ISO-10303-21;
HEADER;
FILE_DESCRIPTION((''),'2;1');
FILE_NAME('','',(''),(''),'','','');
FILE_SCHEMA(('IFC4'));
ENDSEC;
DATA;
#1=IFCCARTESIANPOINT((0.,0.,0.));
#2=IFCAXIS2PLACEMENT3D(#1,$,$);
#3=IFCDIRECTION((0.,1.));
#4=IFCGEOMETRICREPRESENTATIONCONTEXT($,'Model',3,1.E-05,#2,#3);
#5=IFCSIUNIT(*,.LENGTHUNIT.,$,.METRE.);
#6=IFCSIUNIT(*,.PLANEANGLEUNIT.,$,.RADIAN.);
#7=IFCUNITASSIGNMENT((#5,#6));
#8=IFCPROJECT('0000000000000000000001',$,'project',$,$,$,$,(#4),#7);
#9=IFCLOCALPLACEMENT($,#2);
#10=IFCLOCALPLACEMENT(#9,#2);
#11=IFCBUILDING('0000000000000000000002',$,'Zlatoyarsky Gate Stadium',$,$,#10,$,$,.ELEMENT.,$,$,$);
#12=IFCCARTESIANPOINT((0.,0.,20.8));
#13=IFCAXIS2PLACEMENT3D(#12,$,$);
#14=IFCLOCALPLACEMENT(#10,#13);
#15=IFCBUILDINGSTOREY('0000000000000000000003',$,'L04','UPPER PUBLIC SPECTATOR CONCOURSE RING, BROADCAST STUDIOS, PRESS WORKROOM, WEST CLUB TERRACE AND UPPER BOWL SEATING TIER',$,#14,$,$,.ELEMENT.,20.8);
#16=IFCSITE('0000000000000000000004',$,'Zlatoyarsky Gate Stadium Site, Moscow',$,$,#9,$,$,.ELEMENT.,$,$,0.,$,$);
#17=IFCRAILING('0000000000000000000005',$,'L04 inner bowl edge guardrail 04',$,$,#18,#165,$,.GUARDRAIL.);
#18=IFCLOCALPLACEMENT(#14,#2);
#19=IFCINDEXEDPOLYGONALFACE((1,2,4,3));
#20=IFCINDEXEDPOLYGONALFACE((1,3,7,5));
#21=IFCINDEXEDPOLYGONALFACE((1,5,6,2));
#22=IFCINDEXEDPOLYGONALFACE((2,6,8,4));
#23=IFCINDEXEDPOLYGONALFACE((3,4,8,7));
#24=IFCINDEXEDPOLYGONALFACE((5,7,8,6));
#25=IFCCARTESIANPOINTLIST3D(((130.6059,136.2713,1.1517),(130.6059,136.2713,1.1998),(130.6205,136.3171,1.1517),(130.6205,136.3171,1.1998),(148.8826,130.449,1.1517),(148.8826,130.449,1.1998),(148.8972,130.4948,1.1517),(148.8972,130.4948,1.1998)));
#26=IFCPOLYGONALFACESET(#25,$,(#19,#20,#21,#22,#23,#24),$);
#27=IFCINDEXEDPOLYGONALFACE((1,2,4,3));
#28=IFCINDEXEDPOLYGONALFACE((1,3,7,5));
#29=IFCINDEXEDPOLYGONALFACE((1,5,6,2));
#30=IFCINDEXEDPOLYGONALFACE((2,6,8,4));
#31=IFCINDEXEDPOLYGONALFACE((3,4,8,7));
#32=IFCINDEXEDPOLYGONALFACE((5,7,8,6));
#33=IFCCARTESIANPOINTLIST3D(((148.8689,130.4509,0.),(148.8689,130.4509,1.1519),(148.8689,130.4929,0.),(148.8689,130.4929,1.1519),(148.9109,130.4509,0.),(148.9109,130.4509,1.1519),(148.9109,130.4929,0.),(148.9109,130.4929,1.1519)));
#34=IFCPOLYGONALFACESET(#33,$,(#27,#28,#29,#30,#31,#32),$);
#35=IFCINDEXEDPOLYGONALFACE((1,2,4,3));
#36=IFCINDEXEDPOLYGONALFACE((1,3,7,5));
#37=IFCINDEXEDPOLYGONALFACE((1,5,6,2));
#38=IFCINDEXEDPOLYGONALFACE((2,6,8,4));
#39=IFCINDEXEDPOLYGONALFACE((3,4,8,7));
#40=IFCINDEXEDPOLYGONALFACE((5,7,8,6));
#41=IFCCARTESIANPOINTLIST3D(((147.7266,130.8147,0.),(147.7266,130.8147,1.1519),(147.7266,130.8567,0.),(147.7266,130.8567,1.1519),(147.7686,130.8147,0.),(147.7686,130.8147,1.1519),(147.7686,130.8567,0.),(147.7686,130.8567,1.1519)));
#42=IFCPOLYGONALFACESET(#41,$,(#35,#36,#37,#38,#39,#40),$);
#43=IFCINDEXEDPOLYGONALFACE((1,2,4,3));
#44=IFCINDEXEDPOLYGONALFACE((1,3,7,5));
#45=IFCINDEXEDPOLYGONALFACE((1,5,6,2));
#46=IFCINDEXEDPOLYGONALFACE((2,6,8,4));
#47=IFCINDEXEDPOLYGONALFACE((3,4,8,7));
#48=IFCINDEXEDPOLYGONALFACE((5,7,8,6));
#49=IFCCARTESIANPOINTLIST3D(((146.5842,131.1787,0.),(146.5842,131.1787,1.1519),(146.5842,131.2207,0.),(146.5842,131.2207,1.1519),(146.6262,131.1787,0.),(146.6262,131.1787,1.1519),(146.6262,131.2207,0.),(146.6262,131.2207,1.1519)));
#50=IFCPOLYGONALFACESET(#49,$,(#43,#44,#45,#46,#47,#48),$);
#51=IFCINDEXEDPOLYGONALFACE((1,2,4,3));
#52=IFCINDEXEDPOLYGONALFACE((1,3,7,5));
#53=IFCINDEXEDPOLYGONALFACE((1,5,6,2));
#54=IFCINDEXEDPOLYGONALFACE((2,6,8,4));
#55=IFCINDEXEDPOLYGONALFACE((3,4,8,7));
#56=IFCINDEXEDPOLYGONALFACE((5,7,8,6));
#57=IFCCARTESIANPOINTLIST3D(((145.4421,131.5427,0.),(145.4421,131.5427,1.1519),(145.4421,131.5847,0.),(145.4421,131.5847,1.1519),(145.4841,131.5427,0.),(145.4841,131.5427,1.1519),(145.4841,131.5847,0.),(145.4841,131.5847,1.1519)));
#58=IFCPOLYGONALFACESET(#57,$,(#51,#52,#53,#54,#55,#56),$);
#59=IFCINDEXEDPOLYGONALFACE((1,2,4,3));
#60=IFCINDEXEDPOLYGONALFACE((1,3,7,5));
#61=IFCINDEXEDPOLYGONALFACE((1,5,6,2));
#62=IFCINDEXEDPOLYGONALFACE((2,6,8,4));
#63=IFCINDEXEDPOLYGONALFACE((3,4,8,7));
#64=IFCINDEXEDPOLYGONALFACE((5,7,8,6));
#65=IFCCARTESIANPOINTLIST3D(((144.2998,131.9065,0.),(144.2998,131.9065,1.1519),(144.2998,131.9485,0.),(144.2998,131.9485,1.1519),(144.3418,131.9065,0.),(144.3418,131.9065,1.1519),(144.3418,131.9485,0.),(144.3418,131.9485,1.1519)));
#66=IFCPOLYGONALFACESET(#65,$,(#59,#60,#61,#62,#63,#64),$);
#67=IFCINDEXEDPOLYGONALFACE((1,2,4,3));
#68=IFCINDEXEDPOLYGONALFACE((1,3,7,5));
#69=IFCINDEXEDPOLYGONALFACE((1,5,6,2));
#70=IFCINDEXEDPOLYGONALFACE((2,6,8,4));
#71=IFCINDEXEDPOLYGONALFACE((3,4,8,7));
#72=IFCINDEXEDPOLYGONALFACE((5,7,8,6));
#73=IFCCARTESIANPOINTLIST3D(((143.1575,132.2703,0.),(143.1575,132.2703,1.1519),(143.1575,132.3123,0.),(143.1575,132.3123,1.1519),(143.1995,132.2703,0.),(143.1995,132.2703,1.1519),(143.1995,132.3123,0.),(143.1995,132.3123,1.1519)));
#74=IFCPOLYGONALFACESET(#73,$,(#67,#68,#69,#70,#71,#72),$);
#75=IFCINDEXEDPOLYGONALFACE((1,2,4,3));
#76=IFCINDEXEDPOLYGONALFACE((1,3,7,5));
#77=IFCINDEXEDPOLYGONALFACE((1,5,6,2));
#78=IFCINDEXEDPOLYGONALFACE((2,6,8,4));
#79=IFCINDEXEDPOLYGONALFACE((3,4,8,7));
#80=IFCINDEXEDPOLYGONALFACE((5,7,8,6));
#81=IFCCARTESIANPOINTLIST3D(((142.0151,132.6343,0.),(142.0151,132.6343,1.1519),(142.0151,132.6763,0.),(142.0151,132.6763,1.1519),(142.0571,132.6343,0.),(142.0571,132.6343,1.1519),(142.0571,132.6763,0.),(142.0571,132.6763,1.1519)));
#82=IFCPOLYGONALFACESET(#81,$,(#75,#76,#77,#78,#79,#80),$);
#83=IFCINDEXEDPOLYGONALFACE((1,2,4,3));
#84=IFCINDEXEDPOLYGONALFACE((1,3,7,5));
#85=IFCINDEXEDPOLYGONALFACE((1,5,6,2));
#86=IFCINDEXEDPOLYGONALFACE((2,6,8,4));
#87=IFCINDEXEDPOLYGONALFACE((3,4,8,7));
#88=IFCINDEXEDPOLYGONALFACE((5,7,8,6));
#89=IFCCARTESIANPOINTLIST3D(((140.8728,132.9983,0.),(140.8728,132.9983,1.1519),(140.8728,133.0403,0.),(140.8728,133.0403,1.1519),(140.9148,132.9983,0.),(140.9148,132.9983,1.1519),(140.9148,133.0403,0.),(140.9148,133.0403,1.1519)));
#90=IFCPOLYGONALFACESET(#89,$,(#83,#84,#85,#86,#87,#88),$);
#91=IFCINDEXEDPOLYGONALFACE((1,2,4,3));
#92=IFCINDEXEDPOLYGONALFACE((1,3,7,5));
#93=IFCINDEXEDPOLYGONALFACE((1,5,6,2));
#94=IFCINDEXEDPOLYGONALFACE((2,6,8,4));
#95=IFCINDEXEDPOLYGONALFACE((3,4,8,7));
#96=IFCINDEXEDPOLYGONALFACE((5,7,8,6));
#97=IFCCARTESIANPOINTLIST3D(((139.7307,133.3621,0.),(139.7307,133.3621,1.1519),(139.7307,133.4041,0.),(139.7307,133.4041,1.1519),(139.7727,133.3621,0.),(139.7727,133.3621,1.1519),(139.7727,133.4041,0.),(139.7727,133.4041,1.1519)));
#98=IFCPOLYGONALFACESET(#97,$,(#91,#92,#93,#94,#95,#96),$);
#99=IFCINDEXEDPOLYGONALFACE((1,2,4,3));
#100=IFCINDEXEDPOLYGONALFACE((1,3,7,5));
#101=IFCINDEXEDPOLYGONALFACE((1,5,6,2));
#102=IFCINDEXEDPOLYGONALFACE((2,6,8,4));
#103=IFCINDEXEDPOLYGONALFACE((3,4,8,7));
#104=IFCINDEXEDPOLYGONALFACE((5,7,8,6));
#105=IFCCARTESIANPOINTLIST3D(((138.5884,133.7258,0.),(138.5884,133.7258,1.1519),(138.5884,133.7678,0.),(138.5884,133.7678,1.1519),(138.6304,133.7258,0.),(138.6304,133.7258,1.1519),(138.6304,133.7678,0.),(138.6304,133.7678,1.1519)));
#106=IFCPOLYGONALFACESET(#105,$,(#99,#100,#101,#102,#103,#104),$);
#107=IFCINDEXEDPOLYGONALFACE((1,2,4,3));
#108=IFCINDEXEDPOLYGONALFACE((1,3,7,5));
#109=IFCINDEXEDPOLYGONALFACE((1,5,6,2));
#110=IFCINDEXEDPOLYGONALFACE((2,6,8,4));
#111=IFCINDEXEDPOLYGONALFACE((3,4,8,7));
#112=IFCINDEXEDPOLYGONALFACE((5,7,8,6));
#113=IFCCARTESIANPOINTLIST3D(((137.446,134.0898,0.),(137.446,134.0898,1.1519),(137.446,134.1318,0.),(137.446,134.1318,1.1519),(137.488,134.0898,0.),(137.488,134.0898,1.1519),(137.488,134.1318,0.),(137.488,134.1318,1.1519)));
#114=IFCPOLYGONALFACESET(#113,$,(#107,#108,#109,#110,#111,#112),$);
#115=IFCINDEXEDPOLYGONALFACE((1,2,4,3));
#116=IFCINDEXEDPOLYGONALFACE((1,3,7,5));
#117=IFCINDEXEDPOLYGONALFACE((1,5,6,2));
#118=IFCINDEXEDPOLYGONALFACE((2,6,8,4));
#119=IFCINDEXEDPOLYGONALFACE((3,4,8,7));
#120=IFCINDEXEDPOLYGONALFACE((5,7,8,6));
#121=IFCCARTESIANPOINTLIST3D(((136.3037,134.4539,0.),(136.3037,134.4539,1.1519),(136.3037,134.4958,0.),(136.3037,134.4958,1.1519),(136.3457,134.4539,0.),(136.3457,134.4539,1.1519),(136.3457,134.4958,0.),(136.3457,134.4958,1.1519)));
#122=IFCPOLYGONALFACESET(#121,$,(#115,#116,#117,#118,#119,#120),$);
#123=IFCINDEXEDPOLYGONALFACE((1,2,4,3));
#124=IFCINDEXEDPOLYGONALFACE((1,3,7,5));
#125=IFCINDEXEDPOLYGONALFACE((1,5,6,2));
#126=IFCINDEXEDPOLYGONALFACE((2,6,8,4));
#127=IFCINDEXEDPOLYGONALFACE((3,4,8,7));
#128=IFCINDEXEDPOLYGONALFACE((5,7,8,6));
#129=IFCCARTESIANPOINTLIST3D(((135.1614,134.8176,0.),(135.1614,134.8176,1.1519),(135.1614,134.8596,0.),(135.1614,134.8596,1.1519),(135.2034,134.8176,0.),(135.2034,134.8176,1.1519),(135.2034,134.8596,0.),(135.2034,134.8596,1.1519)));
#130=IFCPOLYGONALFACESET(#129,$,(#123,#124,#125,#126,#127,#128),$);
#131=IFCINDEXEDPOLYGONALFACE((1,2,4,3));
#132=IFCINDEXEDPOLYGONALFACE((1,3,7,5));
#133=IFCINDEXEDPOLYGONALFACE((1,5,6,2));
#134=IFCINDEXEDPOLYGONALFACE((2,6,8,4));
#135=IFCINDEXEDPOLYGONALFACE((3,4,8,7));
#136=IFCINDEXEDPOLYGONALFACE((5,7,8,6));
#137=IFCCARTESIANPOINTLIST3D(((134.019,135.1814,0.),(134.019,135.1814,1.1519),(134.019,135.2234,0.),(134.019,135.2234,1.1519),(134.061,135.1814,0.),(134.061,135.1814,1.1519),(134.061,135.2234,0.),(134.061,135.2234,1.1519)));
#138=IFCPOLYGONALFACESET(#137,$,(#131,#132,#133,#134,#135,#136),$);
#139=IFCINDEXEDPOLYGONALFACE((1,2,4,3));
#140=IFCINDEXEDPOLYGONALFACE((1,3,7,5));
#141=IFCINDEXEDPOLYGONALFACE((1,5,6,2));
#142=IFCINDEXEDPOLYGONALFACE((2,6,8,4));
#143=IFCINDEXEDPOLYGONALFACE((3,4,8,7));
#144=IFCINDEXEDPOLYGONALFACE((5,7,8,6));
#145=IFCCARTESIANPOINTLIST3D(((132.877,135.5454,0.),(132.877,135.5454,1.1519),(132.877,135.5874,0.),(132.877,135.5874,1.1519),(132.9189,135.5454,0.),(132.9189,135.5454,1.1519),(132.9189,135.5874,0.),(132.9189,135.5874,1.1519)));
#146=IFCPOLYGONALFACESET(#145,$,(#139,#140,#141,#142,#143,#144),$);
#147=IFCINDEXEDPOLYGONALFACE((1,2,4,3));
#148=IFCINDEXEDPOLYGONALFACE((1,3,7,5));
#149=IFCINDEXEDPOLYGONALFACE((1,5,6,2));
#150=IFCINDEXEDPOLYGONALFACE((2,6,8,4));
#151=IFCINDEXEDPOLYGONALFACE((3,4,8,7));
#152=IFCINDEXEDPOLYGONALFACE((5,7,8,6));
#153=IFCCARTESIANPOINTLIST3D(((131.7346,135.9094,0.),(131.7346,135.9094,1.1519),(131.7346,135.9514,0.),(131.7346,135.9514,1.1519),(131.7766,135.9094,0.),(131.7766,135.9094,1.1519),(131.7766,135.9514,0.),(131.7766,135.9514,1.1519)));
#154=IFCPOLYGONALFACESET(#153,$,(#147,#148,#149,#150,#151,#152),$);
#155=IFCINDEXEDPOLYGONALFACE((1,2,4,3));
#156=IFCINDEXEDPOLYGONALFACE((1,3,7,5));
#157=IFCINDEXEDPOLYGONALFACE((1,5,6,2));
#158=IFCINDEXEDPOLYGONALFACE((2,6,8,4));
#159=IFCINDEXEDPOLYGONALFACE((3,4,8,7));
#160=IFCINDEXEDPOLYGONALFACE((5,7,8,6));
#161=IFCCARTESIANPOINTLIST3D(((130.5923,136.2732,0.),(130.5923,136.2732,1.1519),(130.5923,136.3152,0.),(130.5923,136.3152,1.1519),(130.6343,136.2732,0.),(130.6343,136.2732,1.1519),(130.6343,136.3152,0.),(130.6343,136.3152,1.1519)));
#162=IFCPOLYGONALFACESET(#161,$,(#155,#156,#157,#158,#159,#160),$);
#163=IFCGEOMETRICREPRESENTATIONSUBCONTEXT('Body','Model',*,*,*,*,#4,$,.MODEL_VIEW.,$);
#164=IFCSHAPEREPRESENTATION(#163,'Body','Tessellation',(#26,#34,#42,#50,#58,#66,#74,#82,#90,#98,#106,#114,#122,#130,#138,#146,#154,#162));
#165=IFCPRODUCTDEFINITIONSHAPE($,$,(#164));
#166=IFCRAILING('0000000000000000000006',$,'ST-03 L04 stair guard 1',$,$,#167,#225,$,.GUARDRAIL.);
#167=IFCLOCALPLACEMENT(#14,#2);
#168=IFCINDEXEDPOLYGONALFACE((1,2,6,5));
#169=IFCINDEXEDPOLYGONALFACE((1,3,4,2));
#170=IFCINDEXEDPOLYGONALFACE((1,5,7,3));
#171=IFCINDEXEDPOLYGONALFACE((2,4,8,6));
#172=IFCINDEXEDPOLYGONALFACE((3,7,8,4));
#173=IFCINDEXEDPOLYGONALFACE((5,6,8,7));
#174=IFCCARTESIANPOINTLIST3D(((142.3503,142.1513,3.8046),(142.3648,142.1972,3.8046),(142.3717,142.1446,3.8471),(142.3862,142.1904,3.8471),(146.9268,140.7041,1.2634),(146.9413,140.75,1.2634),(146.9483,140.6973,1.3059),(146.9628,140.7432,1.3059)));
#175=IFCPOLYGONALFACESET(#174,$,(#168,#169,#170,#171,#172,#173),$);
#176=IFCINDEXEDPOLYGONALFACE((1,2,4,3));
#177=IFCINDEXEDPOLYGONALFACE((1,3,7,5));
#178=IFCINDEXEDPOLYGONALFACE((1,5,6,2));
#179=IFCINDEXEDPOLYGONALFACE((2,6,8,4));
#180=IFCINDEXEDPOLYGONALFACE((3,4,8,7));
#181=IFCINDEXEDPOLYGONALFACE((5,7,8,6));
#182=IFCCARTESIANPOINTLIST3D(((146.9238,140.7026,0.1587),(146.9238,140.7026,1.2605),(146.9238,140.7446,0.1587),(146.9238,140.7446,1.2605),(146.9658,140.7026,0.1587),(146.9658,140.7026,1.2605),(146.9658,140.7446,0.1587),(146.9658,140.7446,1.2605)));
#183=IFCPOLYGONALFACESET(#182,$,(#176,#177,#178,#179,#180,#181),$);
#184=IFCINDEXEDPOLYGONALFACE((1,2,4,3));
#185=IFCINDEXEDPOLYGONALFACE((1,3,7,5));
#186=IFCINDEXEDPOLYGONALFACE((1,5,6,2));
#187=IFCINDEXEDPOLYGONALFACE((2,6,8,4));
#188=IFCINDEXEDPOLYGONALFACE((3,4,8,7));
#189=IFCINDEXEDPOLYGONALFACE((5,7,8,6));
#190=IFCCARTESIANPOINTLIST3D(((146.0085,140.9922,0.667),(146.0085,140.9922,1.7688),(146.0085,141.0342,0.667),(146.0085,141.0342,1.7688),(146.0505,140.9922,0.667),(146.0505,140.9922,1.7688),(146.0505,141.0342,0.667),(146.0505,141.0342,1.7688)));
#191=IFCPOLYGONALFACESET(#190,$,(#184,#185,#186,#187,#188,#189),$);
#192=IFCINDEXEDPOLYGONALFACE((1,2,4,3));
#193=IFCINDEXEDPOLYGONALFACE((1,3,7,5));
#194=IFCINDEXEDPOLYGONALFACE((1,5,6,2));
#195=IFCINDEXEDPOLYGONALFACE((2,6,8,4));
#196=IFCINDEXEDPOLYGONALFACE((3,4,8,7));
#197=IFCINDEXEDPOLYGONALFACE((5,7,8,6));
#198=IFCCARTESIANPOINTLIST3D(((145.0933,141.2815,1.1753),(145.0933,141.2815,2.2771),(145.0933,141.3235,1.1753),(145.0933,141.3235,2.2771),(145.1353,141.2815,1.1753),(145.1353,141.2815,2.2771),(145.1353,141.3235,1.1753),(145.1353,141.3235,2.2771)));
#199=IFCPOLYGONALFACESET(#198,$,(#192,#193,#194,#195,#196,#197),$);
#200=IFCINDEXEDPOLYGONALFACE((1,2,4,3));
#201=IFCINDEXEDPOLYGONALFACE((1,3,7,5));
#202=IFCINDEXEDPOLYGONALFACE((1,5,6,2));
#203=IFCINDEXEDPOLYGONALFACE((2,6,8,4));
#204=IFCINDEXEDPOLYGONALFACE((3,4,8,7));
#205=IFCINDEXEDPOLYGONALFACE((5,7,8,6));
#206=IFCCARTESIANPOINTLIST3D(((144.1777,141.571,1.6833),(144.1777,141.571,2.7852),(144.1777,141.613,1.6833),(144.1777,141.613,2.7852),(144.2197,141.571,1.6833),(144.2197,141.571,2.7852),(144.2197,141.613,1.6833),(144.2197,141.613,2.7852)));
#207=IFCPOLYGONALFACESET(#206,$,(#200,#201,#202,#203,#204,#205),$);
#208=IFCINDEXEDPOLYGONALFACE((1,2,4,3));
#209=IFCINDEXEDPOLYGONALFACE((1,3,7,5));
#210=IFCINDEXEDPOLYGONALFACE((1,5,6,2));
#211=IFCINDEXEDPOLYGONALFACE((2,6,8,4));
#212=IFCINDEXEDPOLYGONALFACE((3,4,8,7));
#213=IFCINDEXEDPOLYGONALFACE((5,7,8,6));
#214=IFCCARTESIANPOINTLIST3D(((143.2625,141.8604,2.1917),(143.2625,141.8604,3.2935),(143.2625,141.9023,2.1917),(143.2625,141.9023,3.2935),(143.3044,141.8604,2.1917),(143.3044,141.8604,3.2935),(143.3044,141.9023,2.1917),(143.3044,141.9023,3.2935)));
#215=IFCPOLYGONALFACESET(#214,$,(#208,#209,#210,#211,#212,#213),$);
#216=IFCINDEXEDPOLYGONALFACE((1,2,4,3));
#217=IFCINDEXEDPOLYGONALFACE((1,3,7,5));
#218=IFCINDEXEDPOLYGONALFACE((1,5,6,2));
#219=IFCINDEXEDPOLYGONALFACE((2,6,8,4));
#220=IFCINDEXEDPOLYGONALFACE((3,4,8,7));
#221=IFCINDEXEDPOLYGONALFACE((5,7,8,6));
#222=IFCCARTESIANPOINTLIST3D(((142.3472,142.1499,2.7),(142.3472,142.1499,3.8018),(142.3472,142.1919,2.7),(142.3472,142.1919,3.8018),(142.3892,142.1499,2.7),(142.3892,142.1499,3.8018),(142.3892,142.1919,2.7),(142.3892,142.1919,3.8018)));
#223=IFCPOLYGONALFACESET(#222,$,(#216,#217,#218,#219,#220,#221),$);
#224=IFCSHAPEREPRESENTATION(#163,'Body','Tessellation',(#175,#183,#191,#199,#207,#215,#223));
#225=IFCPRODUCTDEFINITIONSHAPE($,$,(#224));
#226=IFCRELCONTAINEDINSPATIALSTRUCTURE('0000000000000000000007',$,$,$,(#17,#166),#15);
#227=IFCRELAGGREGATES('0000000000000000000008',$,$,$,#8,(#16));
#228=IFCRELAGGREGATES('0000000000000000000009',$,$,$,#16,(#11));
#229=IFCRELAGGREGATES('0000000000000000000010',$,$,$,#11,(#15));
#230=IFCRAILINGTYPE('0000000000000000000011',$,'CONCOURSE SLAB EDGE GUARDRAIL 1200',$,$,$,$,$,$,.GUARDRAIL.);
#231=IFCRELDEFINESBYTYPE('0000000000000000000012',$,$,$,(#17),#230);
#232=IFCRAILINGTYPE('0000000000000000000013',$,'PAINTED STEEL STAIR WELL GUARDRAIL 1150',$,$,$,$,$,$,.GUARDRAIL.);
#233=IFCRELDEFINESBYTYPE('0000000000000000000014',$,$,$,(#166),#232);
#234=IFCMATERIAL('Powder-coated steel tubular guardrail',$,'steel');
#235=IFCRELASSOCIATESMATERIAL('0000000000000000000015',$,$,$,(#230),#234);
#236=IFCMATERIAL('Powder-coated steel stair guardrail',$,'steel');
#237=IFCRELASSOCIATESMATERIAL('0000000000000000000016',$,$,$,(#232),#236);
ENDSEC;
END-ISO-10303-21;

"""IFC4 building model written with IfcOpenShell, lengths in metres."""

from ifc_helpers import new_model, si_unit, direction, frame, origin, origin_2d, place, context, subcontext, project, spatial, rectangle, extrude, material, type_object, element, save


model = new_model("IFC4")

# Units and contexts
model_context = context("Model", 3, precision=1e-05, world=origin(), true_north=direction((0.0, 1.0)))
body_context = subcontext(model_context, "Body", "Model", "MODEL_VIEW")
ifc_project = project(units=[si_unit("LENGTHUNIT", "METRE"), si_unit("PLANEANGLEUNIT", "RADIAN")], contexts=[model_context])

# Site, building, storey
site_placement = place(None, origin())
site = spatial("IfcSite", under=ifc_project, at=site_placement, Name="Zlatoyarsky Gate Stadium Site, Moscow", CompositionType="ELEMENT", RefElevation=0.0)
building_placement = place(site_placement, origin())
building = spatial("IfcBuilding", under=site, at=building_placement, Name="Zlatoyarsky Gate Stadium", CompositionType="ELEMENT")
storey_placement = place(building_placement, frame((0.0, 0.0, 20.8)))
storey = spatial("IfcBuildingStorey", under=building, at=storey_placement, Name="L04", Description="UPPER PUBLIC SPECTATOR CONCOURSE RING, BROADCAST STUDIOS, PRESS WORKROOM, WEST CLUB TERRACE AND UPPER BOWL SEATING TIER", CompositionType="ELEMENT", Elevation=20.8)

# Railings
ifc_material_1 = material(Name="Powder-coated steel tubular guardrail", Category="steel")
railing_type_1 = type_object("IfcRailingType", Name="CONCOURSE SLAB EDGE GUARDRAIL 1200", PredefinedType="GUARDRAIL", material=ifc_material_1)
railing_1_placement = place(storey_placement, frame((148.8899, 130.4719, 0.0)))
element("IfcRailing", 1, at=railing_1_placement, inside=storey, type_object=railing_type_1, Name="L04 inner bowl edge guardrail 04", PredefinedType="GUARDRAIL", context=body_context, shape_type="SweptSolid", body=[
    extrude(rectangle(XDim=0.0481, YDim=0.0481, at=origin_2d()), frame((0.0, 0.0, 1.1758), z_axis=(-0.952821, 0.303534, 0.0), x_axis=(-0.303534, -0.952821, 0.0)), (0.0, 0.0, 1.0), 19.1816),
    extrude(rectangle(XDim=0.042, YDim=0.042, at=origin_2d()), origin(), (0.0, 0.0, 1.0), 1.1519),
    extrude(rectangle(XDim=0.042, YDim=0.042, at=origin_2d()), frame((-1.1423, 0.3638, 0.0)), (0.0, 0.0, 1.0), 1.1519),
    extrude(rectangle(XDim=0.042, YDim=0.042, at=origin_2d()), frame((-2.2847, 0.7278, 0.0)), (0.0, 0.0, 1.0), 1.1519),
    extrude(rectangle(XDim=0.042, YDim=0.042, at=origin_2d()), frame((-3.4268, 1.0918, 0.0)), (0.0, 0.0, 1.0), 1.1519),
    extrude(rectangle(XDim=0.042, YDim=0.042, at=origin_2d()), frame((-4.5691, 1.4556, 0.0)), (0.0, 0.0, 1.0), 1.1519),
    extrude(rectangle(XDim=0.042, YDim=0.042, at=origin_2d()), frame((-5.7114, 1.8193, 0.0)), (0.0, 0.0, 1.0), 1.1519),
    extrude(rectangle(XDim=0.042, YDim=0.042, at=origin_2d()), frame((-6.8538, 2.1833, 0.0)), (0.0, 0.0, 1.0), 1.1519),
    extrude(rectangle(XDim=0.042, YDim=0.042, at=origin_2d()), frame((-7.9961, 2.5474, 0.0)), (0.0, 0.0, 1.0), 1.1519),
    extrude(rectangle(XDim=0.042, YDim=0.042, at=origin_2d()), frame((-9.1382, 2.9111, 0.0)), (0.0, 0.0, 1.0), 1.1519),
    extrude(rectangle(XDim=0.042, YDim=0.042, at=origin_2d()), frame((-10.2805, 3.2749, 0.0)), (0.0, 0.0, 1.0), 1.1519),
    extrude(rectangle(XDim=0.042, YDim=0.042, at=origin_2d()), frame((-11.4229, 3.6389, 0.0)), (0.0, 0.0, 1.0), 1.1519),
    extrude(rectangle(XDim=0.042, YDim=0.042, at=origin_2d()), frame((-12.5652, 4.0029, 0.0)), (0.0, 0.0, 1.0), 1.1519),
    extrude(rectangle(XDim=0.042, YDim=0.042, at=origin_2d()), frame((-13.7075, 4.3667, 0.0)), (0.0, 0.0, 1.0), 1.1519),
    extrude(rectangle(XDim=0.042, YDim=0.042, at=origin_2d()), frame((-14.8499, 4.7305, 0.0)), (0.0, 0.0, 1.0), 1.1519),
    extrude(rectangle(XDim=0.042, YDim=0.042, at=origin_2d()), frame((-15.9919, 5.0945, 0.0)), (0.0, 0.0, 1.0), 1.1519),
    extrude(rectangle(XDim=0.042, YDim=0.042, at=origin_2d()), frame((-17.1343, 5.4585, 0.0)), (0.0, 0.0, 1.0), 1.1519),
    extrude(rectangle(XDim=0.042, YDim=0.042, at=origin_2d()), frame((-18.2766, 5.8223, 0.0)), (0.0, 0.0, 1.0), 1.1519),
])
ifc_material_2 = material(Name="Powder-coated steel stair guardrail", Category="steel")
railing_type_2 = type_object("IfcRailingType", Name="PAINTED STEEL STAIR WELL GUARDRAIL 1150", PredefinedType="GUARDRAIL", material=ifc_material_2)
railing_2_placement = place(storey_placement, frame((146.9448, 140.7236, 0.1587)))
element("IfcRailing", 2, at=railing_2_placement, inside=storey, type_object=railing_type_2, Name="ST-03 L04 stair guard 1", PredefinedType="GUARDRAIL", context=body_context, shape_type="SweptSolid", body=[
    extrude(rectangle(XDim=0.0481, YDim=0.0481, at=origin_2d()), frame((0.0, 0.0, 1.126), z_axis=(-0.842654, 0.26647, 0.467897), x_axis=(-0.301511, -0.953463, 0.0)), (0.0, 0.0, 1.0), 5.4312),
    extrude(rectangle(XDim=0.042, YDim=0.042, at=origin_2d()), origin(), (0.0, 0.0, 1.0), 1.1018),
    extrude(rectangle(XDim=0.042, YDim=0.042, at=origin_2d()), frame((-0.9153, 0.2896, 0.5083)), (0.0, 0.0, 1.0), 1.1018),
    extrude(rectangle(XDim=0.042, YDim=0.042, at=origin_2d()), frame((-1.8306, 0.5789, 1.0166)), (0.0, 0.0, 1.0), 1.1018),
    extrude(rectangle(XDim=0.042, YDim=0.042, at=origin_2d()), frame((-2.7461, 0.8684, 1.5247)), (0.0, 0.0, 1.0), 1.1018),
    extrude(rectangle(XDim=0.042, YDim=0.042, at=origin_2d()), frame((-3.6614, 1.1577, 2.033)), (0.0, 0.0, 1.0), 1.1018),
    extrude(rectangle(XDim=0.042, YDim=0.042, at=origin_2d()), frame((-4.5767, 1.4473, 2.5413)), (0.0, 0.0, 1.0), 1.1018),
])

save(model, "model.ifc")
